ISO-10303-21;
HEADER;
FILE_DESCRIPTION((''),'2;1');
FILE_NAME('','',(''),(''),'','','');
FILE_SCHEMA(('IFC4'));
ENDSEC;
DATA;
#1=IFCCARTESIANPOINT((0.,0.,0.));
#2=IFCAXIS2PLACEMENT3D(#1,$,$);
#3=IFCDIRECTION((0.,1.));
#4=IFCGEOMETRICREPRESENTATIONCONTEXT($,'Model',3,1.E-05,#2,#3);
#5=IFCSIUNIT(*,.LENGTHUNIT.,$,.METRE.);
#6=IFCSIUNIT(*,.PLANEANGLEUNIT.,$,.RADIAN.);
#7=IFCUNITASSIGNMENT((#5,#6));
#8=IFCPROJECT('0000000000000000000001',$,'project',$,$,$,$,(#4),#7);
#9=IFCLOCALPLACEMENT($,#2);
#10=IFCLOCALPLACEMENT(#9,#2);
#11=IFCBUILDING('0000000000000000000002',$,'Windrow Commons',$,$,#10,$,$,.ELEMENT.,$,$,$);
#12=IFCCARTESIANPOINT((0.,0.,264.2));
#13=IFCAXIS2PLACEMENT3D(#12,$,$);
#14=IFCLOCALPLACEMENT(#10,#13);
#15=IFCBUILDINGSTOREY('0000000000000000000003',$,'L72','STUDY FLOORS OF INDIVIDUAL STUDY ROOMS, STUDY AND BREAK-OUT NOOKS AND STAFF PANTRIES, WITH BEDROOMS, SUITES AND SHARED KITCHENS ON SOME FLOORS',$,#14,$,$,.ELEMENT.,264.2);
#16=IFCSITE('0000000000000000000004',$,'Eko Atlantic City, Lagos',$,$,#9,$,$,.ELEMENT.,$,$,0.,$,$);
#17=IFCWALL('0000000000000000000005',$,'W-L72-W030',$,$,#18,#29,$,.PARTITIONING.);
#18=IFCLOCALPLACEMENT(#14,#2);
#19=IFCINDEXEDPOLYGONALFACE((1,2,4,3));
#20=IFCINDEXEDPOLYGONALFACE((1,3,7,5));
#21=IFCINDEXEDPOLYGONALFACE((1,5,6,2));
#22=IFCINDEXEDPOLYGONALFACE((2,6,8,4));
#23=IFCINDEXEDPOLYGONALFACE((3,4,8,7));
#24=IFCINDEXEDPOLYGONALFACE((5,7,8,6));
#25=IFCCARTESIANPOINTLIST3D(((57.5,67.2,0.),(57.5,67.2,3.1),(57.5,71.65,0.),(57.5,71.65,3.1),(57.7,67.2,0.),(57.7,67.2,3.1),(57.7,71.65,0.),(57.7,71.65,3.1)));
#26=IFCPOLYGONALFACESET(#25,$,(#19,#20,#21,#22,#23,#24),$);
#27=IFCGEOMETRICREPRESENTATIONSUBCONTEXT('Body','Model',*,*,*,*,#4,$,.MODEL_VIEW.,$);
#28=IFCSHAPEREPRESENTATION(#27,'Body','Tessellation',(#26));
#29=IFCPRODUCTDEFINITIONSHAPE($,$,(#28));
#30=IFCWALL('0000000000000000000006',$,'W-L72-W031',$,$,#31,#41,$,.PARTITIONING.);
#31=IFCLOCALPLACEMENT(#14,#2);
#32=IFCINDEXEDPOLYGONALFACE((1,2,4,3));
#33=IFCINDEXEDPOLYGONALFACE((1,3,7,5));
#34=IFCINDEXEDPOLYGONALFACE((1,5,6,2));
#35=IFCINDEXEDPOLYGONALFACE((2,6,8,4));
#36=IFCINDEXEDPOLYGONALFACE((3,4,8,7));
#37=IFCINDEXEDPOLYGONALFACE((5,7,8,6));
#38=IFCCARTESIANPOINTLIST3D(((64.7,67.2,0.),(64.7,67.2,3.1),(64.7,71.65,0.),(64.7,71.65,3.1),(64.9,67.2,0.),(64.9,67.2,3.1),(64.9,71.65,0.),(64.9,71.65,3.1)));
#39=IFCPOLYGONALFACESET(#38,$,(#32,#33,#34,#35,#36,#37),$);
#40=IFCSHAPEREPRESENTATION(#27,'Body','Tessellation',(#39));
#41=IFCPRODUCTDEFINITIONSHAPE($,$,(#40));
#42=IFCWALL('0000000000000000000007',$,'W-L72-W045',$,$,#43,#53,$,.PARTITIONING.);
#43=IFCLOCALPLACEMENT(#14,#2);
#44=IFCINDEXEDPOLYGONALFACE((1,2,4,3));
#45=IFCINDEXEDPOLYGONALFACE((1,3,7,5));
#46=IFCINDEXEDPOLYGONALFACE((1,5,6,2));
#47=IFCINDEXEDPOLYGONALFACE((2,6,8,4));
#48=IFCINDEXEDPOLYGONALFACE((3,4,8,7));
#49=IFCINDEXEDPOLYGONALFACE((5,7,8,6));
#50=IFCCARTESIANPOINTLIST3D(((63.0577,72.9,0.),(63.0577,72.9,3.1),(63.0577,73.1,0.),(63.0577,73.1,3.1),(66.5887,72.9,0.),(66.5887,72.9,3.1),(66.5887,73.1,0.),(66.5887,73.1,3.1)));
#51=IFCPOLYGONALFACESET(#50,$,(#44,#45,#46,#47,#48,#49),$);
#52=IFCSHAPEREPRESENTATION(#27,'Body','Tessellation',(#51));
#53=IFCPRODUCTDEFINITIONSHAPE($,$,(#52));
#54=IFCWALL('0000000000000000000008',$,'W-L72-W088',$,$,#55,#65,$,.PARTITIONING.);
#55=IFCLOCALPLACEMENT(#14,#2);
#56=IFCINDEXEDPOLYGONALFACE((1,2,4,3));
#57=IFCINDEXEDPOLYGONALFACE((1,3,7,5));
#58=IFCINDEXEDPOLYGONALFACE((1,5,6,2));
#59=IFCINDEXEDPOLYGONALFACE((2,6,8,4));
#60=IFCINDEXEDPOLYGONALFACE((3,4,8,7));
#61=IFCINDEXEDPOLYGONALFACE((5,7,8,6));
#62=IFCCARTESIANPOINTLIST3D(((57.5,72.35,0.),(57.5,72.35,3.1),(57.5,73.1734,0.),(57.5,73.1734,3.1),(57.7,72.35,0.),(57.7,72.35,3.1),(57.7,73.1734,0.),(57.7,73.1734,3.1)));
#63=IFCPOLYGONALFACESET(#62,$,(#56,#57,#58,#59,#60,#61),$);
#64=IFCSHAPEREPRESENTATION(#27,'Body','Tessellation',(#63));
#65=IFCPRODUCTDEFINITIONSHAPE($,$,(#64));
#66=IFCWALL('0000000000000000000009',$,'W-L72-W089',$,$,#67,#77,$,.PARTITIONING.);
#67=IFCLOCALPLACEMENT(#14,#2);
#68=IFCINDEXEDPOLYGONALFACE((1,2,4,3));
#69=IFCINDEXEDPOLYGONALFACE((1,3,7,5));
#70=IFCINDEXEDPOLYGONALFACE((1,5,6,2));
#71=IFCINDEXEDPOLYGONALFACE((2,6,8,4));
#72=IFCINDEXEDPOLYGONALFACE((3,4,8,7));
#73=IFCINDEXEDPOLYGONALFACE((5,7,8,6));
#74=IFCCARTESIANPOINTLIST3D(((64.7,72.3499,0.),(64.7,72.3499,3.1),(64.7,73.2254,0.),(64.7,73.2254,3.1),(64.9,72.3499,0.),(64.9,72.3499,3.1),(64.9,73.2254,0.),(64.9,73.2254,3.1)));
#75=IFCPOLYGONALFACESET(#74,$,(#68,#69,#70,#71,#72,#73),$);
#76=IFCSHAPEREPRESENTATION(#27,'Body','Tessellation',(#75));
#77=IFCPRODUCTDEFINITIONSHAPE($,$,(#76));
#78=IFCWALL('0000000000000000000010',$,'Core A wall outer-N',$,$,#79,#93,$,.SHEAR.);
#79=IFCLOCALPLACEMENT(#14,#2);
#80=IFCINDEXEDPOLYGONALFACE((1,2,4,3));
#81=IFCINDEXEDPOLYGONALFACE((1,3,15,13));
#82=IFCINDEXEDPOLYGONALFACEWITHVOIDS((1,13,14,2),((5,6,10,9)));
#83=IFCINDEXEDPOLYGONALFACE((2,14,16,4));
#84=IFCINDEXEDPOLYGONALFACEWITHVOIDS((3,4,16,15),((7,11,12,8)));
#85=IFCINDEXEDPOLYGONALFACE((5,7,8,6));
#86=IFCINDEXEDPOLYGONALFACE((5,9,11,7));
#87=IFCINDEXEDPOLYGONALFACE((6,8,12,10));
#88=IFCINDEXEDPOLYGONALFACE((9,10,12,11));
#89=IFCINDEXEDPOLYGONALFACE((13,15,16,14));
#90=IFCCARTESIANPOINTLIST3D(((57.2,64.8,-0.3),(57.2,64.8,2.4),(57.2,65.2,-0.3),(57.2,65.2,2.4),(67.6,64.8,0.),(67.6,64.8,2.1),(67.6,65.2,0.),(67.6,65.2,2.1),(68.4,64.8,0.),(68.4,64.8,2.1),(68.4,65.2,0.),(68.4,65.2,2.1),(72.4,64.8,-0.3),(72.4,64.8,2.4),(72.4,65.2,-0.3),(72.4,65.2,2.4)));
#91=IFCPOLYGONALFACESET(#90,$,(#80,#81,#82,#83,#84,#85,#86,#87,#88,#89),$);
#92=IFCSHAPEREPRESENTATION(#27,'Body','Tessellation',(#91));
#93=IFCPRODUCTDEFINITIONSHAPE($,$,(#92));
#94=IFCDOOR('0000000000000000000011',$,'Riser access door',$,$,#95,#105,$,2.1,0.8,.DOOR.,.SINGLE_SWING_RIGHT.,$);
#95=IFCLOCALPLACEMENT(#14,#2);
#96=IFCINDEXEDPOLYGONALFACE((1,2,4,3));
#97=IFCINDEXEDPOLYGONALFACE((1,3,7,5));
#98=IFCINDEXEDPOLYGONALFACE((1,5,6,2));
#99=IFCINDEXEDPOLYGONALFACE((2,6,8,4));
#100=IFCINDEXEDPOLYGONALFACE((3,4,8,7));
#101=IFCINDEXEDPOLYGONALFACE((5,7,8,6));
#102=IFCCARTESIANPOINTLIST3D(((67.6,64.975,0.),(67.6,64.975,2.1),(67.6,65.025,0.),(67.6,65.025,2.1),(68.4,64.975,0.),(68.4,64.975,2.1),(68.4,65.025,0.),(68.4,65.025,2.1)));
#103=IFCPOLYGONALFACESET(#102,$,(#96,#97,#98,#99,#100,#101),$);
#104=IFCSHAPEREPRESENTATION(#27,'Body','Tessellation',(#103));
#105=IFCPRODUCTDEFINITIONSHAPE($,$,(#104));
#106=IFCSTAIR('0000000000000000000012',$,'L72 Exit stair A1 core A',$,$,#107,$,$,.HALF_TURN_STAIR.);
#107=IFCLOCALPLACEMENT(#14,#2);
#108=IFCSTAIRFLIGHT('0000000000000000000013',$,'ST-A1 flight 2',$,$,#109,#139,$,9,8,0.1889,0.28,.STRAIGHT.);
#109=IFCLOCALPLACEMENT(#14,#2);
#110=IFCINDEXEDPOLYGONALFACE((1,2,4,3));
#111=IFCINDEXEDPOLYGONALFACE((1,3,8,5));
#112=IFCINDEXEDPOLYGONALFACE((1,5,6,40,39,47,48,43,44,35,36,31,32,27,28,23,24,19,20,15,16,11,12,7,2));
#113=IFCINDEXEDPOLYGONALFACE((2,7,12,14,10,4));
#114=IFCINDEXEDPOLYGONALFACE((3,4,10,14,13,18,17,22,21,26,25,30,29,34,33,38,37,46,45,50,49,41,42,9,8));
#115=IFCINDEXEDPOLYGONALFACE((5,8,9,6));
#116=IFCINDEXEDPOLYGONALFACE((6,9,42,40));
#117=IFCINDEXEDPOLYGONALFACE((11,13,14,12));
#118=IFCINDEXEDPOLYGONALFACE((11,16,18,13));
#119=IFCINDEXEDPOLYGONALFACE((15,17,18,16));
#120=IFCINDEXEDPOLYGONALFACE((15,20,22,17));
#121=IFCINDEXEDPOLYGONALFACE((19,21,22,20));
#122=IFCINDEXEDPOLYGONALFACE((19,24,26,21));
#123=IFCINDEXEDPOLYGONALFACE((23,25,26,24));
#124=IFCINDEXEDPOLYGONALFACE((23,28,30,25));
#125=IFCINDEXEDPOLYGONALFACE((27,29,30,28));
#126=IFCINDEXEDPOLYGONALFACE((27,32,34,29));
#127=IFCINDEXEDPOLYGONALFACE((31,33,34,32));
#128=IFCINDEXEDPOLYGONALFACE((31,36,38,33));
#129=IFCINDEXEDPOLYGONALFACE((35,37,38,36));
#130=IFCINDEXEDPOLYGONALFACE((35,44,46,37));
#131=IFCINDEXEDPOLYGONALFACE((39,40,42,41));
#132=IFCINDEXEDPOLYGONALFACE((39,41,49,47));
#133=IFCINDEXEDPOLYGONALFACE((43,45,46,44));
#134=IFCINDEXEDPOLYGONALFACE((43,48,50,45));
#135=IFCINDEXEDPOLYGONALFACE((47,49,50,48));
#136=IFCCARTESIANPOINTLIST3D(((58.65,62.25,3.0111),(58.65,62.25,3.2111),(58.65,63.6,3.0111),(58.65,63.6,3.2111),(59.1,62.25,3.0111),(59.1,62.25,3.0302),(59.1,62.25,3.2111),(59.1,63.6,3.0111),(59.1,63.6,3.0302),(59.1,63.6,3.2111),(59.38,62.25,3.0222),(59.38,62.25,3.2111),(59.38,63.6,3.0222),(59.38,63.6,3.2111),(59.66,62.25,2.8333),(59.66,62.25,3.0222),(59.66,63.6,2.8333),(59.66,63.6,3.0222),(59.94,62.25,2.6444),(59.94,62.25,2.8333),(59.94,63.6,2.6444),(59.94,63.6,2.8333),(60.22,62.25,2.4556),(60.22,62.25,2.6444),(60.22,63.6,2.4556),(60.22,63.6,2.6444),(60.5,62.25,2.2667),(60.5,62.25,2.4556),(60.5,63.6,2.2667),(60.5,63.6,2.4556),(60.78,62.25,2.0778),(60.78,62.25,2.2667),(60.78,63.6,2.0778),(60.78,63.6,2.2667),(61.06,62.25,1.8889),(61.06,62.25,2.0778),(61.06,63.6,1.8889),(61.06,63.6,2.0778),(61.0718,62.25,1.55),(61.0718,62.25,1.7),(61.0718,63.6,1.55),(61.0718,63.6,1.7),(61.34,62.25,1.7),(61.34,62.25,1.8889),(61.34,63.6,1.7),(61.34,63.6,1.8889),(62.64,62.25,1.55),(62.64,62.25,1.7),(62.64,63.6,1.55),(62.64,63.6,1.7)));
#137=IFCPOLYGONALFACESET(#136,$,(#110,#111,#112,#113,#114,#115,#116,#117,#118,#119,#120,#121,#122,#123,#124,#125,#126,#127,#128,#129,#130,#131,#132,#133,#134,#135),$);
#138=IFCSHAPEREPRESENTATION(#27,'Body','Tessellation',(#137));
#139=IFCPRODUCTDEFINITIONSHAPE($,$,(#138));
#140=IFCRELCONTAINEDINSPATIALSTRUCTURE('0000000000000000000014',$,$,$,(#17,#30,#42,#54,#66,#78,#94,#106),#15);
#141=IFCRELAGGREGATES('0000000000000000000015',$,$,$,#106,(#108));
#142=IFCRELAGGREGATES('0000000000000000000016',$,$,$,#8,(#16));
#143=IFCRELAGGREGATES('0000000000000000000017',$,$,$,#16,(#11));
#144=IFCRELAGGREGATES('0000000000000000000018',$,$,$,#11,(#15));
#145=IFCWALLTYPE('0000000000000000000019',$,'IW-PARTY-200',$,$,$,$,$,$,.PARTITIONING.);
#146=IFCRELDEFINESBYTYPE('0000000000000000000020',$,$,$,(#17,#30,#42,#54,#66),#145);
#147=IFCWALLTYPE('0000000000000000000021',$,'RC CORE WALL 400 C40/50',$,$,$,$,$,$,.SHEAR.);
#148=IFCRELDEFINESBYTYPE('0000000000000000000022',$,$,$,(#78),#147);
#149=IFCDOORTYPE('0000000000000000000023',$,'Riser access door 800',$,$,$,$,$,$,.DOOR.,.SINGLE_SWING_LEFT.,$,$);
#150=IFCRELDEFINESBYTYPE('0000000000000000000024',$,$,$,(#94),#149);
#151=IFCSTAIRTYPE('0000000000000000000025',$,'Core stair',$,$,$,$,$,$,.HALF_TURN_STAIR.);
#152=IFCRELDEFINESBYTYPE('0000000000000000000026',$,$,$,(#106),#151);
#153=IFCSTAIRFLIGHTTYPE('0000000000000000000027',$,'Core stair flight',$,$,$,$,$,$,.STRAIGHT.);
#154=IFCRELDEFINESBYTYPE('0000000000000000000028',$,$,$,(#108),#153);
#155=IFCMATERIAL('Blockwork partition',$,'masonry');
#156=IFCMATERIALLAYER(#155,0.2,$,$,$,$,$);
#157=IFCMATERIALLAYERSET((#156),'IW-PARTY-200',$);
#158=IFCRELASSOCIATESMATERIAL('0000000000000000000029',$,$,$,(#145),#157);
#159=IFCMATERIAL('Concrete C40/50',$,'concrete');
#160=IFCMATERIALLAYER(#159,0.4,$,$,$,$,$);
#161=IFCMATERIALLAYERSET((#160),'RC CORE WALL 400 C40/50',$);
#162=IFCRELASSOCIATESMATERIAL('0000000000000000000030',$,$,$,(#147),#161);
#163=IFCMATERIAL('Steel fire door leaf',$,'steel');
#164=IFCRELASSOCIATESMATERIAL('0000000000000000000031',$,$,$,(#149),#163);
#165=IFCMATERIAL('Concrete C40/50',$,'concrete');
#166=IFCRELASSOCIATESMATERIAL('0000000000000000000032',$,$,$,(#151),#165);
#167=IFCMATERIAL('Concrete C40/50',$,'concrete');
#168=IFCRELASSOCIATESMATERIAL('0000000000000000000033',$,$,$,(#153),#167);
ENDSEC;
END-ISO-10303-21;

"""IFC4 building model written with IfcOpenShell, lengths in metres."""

from ifc_helpers import new_model, si_unit, direction, frame, frame_2d, origin, place, context, subcontext, project, spatial, polyline, rectangle, outline, extrude, material, layer, layer_set, type_object, element, fill, aggregate, save


model = new_model("IFC4")

# Units and contexts
model_context = context("Model", 3, precision=1e-05, world=origin(), true_north=direction((0.0, 1.0)))
body_context = subcontext(model_context, "Body", "Model", "MODEL_VIEW")
ifc_project = project(units=[si_unit("LENGTHUNIT", "METRE"), si_unit("PLANEANGLEUNIT", "RADIAN")], contexts=[model_context])

# Site, building, storey
site_placement = place(None, origin())
site = spatial("IfcSite", under=ifc_project, at=site_placement, Name="Eko Atlantic City, Lagos", CompositionType="ELEMENT", RefElevation=0.0)
building_placement = place(site_placement, origin())
building = spatial("IfcBuilding", under=site, at=building_placement, Name="Windrow Commons", CompositionType="ELEMENT")
storey_placement = place(building_placement, frame((0.0, 0.0, 264.2)))
storey = spatial("IfcBuildingStorey", under=building, at=storey_placement, Name="L72", Description="STUDY FLOORS OF INDIVIDUAL STUDY ROOMS, STUDY AND BREAK-OUT NOOKS AND STAFF PANTRIES, WITH BEDROOMS, SUITES AND SHARED KITCHENS ON SOME FLOORS", CompositionType="ELEMENT", Elevation=264.2)

# Walls
ifc_material_1 = material(Name="Blockwork partition", Category="masonry")
ifc_layer_1 = layer(ifc_material_1, 0.2)
ifc_layer_set_1 = layer_set([ifc_layer_1], Name="IW-PARTY-200")
wall_type_1 = type_object("IfcWallType", Name="IW-PARTY-200", PredefinedType="PARTITIONING", material=ifc_layer_set_1)
for number, where, z_axis, x_axis, name in (
    (1, (57.6, 67.2, 0.0), (0.0, 0.0, 1.0), (0.0, 1.0, 0.0), "W-L72-W030"),
    (2, (64.8, 67.2, 0.0), (0.0, 0.0, 1.0), (0.0, 1.0, 0.0), "W-L72-W031"),
):
    element("IfcWall", number, at=place(storey_placement, frame(where, z_axis=z_axis, x_axis=x_axis)), inside=storey, type_object=wall_type_1, Name=name, PredefinedType="PARTITIONING", context=body_context, shape_type="SweptSolid", body=[
        extrude(rectangle(XDim=4.45, YDim=0.2, at=frame_2d((2.225, 0.0))), origin(), (0.0, 0.0, 1.0), 3.1),
    ])
wall_1_placement = place(storey_placement, frame((63.0577, 73.0, 0.0), z_axis=(0.0, 0.0, 1.0), x_axis=(1.0, 0.0, 0.0)))
element("IfcWall", 3, at=wall_1_placement, inside=storey, type_object=wall_type_1, Name="W-L72-W045", PredefinedType="PARTITIONING", context=body_context, shape_type="SweptSolid", body=[
    extrude(rectangle(XDim=3.531, YDim=0.2, at=frame_2d((1.7655, 0.0))), origin(), (0.0, 0.0, 1.0), 3.1),
])
wall_2_placement = place(storey_placement, frame((57.6, 72.35, 0.0), z_axis=(0.0, 0.0, 1.0), x_axis=(0.0, 1.0, 0.0)))
element("IfcWall", 4, at=wall_2_placement, inside=storey, type_object=wall_type_1, Name="W-L72-W088", PredefinedType="PARTITIONING", context=body_context, shape_type="SweptSolid", body=[
    extrude(rectangle(XDim=0.8234, YDim=0.2, at=frame_2d((0.4117, 0.0))), origin(), (0.0, 0.0, 1.0), 3.1),
])
wall_3_placement = place(storey_placement, frame((64.8, 72.35, 0.0), z_axis=(0.0, 0.0, 1.0), x_axis=(0.0, 1.0, 0.0)))
element("IfcWall", 5, at=wall_3_placement, inside=storey, type_object=wall_type_1, Name="W-L72-W089", PredefinedType="PARTITIONING", context=body_context, shape_type="SweptSolid", body=[
    extrude(rectangle(XDim=0.8755, YDim=0.2, at=frame_2d((0.4377, 0.0))), origin(), (0.0, 0.0, 1.0), 3.1),
])

# Wall, opening, door
ifc_material_2 = material(Name="Concrete C40/50", Category="concrete")
ifc_layer_2 = layer(ifc_material_2, 0.4)
ifc_layer_set_2 = layer_set([ifc_layer_2], Name="RC CORE WALL 400 C40/50")
wall_type_2 = type_object("IfcWallType", Name="RC CORE WALL 400 C40/50", PredefinedType="SHEAR", material=ifc_layer_set_2)
wall_4_placement = place(storey_placement, frame((57.2, 65.0, -0.3), z_axis=(0.0, 0.0, 1.0), x_axis=(1.0, 0.0, 0.0)))
wall_4 = element("IfcWall", 6, at=wall_4_placement, inside=storey, type_object=wall_type_2, Name="Core A wall outer-N", PredefinedType="SHEAR", context=body_context, shape_type="SweptSolid", body=[
    extrude(rectangle(XDim=15.2, YDim=0.4, at=frame_2d((7.6, 0.0))), origin(), (0.0, 0.0, 1.0), 2.7),
])
opening_1_placement = place(wall_4_placement, frame((10.4, 0.0, 0.3)))
opening_1 = element("IfcOpeningElement", 7, at=opening_1_placement, cuts=wall_4, PredefinedType="OPENING", context=body_context, shape_type="SweptSolid", body=[
    extrude(rectangle(XDim=0.8, YDim=2.1, at=frame_2d((0.4, 1.05))), frame((0.0, 0.21, 0.0), z_axis=(0.0, -1.0, 0.0), x_axis=(1.0, 0.0, 0.0)), (0.0, 0.0, 1.0), 0.42),
])
ifc_material_3 = material(Name="Steel fire door leaf", Category="steel")
door_type = type_object("IfcDoorType", Name="Riser access door 800", OperationType="SINGLE_SWING_LEFT", PredefinedType="DOOR", material=ifc_material_3)
door_placement = place(opening_1_placement, origin())
door = element("IfcDoor", 8, at=door_placement, inside=storey, type_object=door_type, Name="Riser access door", OperationType="SINGLE_SWING_RIGHT", OverallHeight=2.1, OverallWidth=0.8, PredefinedType="DOOR", context=body_context, shape_type="SweptSolid", body=[
    extrude(rectangle(XDim=0.8, YDim=2.1, at=frame_2d((0.4, 1.05))), frame((0.0, 0.025, 0.0), z_axis=(0.0, -1.0, 0.0), x_axis=(1.0, 0.0, 0.0)), (0.0, 0.0, 1.0), 0.05),
])
fill(opening_1, door)

# Stair, stair flight
ifc_material_4 = material(Name="Concrete C40/50", Category="concrete")
stair_type = type_object("IfcStairType", Name="Core stair", PredefinedType="HALF_TURN_STAIR", material=ifc_material_4)
stair_placement = place(storey_placement, origin())
stair = element("IfcStair", 9, at=stair_placement, inside=storey, type_object=stair_type, Name="L72 Exit stair A1 core A", PredefinedType="HALF_TURN_STAIR")
ifc_material_5 = material(Name="Concrete C40/50", Category="concrete")
stair_flight_type = type_object("IfcStairFlightType", Name="Core stair flight", PredefinedType="STRAIGHT", material=ifc_material_5)
stair_flight_placement = place(storey_placement, frame((61.34, 62.925, 1.7), z_axis=(0.0, 0.0, 1.0), x_axis=(-1.0, 0.0, 0.0)))
stair_flight = element("IfcStairFlight", 10, at=stair_flight_placement, type_object=stair_flight_type, Name="ST-A1 flight 2", NumberOfRisers=9, NumberOfTreads=8, PredefinedType="STRAIGHT", RiserHeight=0.1889, TreadLength=0.28, context=body_context, shape_type="SweptSolid", body=[
    extrude(outline(polyline([(-1.3, -0.15), (-1.3, 0.0), (0.0, 0.0), (0.0, 0.1889), (0.28, 0.1889), (0.28, 0.3778), (0.56, 0.3778), (0.56, 0.5667), (0.84, 0.5667), (0.84, 0.7556), (1.12, 0.7556), (1.12, 0.9444), (1.4, 0.9444), (1.4, 1.1333), (1.68, 1.1333), (1.68, 1.3222), (1.96, 1.3222), (1.96, 1.5111), (2.24, 1.5111), (2.69, 1.5111), (2.69, 1.3111), (2.24, 1.3111), (2.24, 1.3302), (0.2682, 0.0), (0.2682, -0.15), (-1.3, -0.15)])), frame((0.0, 0.675, 0.0), z_axis=(0.0, -1.0, 0.0), x_axis=(1.0, 0.0, 0.0)), (0.0, 0.0, 1.0), 1.35),
])
aggregate(stair, [stair_flight])

save(model, "model.ifc")
